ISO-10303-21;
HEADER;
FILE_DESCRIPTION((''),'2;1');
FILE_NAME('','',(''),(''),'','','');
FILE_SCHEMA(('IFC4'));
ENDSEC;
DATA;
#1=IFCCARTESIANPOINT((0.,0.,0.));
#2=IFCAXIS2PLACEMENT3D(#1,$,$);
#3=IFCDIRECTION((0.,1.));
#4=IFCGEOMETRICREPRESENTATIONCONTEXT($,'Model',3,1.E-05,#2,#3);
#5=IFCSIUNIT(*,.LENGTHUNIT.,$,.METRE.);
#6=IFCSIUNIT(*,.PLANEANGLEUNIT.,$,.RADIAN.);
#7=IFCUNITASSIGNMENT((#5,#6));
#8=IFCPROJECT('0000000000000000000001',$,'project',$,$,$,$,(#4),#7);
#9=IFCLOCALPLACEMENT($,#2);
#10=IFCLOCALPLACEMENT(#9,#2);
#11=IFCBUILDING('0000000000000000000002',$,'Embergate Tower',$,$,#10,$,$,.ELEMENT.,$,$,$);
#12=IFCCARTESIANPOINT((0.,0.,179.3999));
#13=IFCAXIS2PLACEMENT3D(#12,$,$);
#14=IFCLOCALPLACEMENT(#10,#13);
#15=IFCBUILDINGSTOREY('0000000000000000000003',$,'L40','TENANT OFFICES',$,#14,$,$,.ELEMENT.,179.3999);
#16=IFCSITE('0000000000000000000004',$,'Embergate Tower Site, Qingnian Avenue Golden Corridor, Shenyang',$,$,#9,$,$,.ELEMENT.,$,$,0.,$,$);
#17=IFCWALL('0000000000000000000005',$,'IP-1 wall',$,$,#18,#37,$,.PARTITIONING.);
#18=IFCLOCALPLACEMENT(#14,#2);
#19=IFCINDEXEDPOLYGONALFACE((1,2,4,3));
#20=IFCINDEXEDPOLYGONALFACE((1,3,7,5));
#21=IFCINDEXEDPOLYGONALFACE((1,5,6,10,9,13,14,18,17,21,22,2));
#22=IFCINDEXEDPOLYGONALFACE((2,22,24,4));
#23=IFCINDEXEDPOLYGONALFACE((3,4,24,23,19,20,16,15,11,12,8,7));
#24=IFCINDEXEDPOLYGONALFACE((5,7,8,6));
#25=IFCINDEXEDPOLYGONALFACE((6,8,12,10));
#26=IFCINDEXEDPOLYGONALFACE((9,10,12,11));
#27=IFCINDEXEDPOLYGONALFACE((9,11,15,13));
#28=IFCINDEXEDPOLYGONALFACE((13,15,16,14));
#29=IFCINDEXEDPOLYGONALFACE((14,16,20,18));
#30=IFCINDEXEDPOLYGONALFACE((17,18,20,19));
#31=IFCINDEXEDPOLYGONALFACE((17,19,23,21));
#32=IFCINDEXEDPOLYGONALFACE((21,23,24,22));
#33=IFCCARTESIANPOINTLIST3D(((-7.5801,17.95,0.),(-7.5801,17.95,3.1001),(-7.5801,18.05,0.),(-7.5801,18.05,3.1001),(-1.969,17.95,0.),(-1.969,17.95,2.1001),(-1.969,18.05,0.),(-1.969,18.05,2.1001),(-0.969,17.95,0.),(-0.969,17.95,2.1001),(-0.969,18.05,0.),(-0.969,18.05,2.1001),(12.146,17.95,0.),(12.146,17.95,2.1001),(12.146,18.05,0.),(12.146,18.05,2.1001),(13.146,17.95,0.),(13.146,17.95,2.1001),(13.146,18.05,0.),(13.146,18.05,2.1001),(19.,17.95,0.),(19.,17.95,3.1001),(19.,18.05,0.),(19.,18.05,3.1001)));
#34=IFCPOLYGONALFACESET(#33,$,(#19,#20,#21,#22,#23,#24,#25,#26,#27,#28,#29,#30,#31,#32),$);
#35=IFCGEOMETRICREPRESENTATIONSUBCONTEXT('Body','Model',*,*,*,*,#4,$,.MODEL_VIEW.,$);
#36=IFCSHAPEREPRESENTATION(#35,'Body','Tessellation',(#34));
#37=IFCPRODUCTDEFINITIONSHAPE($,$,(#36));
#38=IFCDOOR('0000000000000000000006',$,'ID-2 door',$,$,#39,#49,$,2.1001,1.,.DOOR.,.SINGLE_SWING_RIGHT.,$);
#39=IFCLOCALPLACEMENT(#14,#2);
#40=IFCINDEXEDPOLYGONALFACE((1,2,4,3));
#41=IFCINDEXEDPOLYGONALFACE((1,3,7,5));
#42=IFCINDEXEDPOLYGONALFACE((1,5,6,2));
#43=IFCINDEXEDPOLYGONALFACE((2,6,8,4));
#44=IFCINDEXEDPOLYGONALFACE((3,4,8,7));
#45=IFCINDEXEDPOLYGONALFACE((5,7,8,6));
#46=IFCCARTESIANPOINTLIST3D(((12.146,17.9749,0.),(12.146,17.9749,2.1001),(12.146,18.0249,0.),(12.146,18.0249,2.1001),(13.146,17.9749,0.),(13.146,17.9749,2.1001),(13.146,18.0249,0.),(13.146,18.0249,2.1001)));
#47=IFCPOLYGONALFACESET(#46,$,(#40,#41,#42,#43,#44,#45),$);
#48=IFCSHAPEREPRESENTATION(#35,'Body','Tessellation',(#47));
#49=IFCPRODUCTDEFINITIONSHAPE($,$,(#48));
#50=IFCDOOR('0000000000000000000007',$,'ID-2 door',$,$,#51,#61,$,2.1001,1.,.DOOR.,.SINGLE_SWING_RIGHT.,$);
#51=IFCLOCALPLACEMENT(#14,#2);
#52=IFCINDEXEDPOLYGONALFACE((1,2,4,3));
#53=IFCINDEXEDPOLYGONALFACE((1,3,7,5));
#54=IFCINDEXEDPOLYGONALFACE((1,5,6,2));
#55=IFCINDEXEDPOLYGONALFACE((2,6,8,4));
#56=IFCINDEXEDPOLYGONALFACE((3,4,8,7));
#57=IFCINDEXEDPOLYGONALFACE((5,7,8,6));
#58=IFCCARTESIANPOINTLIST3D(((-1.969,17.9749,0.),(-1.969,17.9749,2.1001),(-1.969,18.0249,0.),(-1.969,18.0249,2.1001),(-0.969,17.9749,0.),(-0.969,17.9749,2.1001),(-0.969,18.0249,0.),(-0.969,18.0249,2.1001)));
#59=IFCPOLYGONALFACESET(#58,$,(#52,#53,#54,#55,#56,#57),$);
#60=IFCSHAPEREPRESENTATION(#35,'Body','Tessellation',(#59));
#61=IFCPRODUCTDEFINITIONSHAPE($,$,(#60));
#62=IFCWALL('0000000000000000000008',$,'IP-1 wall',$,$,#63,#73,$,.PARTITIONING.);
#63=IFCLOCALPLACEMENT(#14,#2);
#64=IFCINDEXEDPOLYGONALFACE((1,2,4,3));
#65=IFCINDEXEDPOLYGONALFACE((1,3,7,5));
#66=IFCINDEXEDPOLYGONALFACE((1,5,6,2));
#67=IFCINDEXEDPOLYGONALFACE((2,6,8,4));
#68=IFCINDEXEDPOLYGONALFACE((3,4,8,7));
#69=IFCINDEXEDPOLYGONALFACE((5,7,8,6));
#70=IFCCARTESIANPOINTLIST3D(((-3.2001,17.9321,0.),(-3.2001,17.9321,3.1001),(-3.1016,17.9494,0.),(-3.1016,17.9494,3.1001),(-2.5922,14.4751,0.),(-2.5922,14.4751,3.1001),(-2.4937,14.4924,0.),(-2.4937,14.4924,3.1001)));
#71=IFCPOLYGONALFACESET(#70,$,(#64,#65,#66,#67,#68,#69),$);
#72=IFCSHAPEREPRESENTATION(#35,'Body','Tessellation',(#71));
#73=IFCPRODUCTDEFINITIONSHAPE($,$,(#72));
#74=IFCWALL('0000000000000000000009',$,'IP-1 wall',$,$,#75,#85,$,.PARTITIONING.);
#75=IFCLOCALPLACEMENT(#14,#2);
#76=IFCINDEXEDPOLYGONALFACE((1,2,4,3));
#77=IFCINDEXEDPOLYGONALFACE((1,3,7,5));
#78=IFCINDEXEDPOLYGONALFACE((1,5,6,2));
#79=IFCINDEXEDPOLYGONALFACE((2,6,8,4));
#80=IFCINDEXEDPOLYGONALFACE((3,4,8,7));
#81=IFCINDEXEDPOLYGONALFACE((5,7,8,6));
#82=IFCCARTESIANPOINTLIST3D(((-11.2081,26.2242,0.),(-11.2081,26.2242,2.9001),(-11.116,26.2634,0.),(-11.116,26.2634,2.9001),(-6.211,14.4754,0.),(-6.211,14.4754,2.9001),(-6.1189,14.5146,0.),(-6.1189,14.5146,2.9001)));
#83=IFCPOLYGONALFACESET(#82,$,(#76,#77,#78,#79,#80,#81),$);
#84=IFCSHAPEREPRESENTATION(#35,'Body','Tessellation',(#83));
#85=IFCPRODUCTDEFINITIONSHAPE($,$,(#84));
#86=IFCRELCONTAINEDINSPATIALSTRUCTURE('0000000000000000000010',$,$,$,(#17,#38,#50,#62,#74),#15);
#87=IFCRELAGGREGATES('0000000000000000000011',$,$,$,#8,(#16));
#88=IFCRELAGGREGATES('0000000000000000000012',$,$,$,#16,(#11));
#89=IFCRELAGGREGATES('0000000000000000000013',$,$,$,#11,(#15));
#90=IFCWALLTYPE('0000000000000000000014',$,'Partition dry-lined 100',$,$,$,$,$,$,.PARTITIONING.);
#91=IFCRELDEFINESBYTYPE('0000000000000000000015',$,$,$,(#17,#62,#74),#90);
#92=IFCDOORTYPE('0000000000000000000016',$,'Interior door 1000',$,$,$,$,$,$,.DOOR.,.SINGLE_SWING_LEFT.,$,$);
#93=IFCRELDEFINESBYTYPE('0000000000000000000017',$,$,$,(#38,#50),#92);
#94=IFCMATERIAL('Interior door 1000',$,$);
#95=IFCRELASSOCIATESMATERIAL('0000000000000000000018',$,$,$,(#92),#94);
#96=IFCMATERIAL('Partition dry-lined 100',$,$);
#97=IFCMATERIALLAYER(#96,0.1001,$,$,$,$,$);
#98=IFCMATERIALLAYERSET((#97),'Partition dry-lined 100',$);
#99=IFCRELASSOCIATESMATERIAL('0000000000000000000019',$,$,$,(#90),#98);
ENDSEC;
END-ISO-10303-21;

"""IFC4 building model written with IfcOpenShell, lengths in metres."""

from ifc_helpers import new_model, si_unit, direction, frame, frame_2d, origin, place, context, subcontext, project, spatial, rectangle, extrude, source, transform, mapped, material, layer, layer_set, type_object, element, fill, save


model = new_model("IFC4")

# Units and contexts
model_context = context("Model", 3, precision=1e-05, world=origin(), true_north=direction((0.0, 1.0)))
body_context = subcontext(model_context, "Body", "Model", "MODEL_VIEW")
ifc_project = project(units=[si_unit("LENGTHUNIT", "METRE"), si_unit("PLANEANGLEUNIT", "RADIAN")], contexts=[model_context])

# Site, building, storey
site_placement = place(None, origin())
site = spatial("IfcSite", under=ifc_project, at=site_placement, Name="Embergate Tower Site, Qingnian Avenue Golden Corridor, Shenyang", CompositionType="ELEMENT", RefElevation=0.0)
building_placement = place(site_placement, origin())
building = spatial("IfcBuilding", under=site, at=building_placement, Name="Embergate Tower", CompositionType="ELEMENT")
storey_placement = place(building_placement, frame((0.0, 0.0, 179.3999)))
storey = spatial("IfcBuildingStorey", under=building, at=storey_placement, Name="L40", Description="TENANT OFFICES", CompositionType="ELEMENT", Elevation=179.3999)

# Wall, openings, doors
ifc_material_1 = material(Name="Interior door 1000")
door_type_1 = type_object("IfcDoorType", Name="Interior door 1000", OperationType="SINGLE_SWING_LEFT", PredefinedType="DOOR", material=ifc_material_1)
shared_shape_1 = source(origin(), body_context, "Body", "SweptSolid", [
    extrude(rectangle(XDim=1.0, YDim=2.1001, at=frame_2d((0.5, 1.05))), frame((0.0, 0.0249, 0.0), z_axis=(0.0, -1.0, 0.0), x_axis=(1.0, 0.0, 0.0)), (0.0, 0.0, 1.0), 0.05),
])
ifc_material_2 = material(Name="Partition dry-lined 100")
ifc_layer_1 = layer(ifc_material_2, 0.1001)
ifc_layer_set_1 = layer_set([ifc_layer_1], Name="Partition dry-lined 100")
wall_type_1 = type_object("IfcWallType", Name="Partition dry-lined 100", PredefinedType="PARTITIONING", material=ifc_layer_set_1)
shared_shape_2 = source(origin(), body_context, "Body", "SweptSolid", [
    extrude(rectangle(XDim=26.5801, YDim=0.1001, at=frame_2d((13.29, 0.0))), origin(), (0.0, 0.0, 1.0), 3.1001),
])
wall_1_placement = place(storey_placement, frame((-7.5801, 18.0, 0.0), z_axis=(0.0, 0.0, 1.0), x_axis=(1.0, 0.0, 0.0)))
wall_1 = element("IfcWall", 1, at=wall_1_placement, inside=storey, type_object=wall_type_1, Name="IP-1 wall", PredefinedType="PARTITIONING", context=body_context, shape_type="MappedRepresentation", body=[
    mapped(shared_shape_2, transform((0.0, 0.0, 0.0))),
])
shared_shape_3 = source(origin(), body_context, "Body", "SweptSolid", [
    extrude(rectangle(XDim=1.0, YDim=2.1001, at=frame_2d((0.5, 1.05))), frame((0.0, 0.0601, 0.0), z_axis=(0.0, -1.0, 0.0), x_axis=(1.0, 0.0, 0.0)), (0.0, 0.0, 1.0), 0.1201),
])
opening_1_placement = place(wall_1_placement, frame((19.7261, 0.0, 0.0)))
opening_1 = element("IfcOpeningElement", 2, at=opening_1_placement, cuts=wall_1, PredefinedType="OPENING", context=body_context, shape_type="MappedRepresentation", body=[
    mapped(shared_shape_3, transform((0.0, 0.0, 0.0))),
])
opening_2_placement = place(wall_1_placement, frame((5.6111, 0.0, 0.0)))
opening_2 = element("IfcOpeningElement", 3, at=opening_2_placement, cuts=wall_1, PredefinedType="OPENING", context=body_context, shape_type="MappedRepresentation", body=[
    mapped(shared_shape_3, transform((0.0, 0.0, 0.0))),
])
door_1_placement = place(opening_1_placement, origin())
door_1 = element("IfcDoor", 4, at=door_1_placement, inside=storey, type_object=door_type_1, Name="ID-2 door", OperationType="SINGLE_SWING_RIGHT", OverallHeight=2.1001, OverallWidth=1.0, PredefinedType="DOOR", context=body_context, shape_type="MappedRepresentation", body=[
    mapped(shared_shape_1, transform((0.0, 0.0, 0.0))),
])
fill(opening_1, door_1)
door_2_placement = place(opening_2_placement, origin())
door_2 = element("IfcDoor", 5, at=door_2_placement, inside=storey, type_object=door_type_1, Name="ID-2 door", OperationType="SINGLE_SWING_RIGHT", OverallHeight=2.1001, OverallWidth=1.0, PredefinedType="DOOR", context=body_context, shape_type="MappedRepresentation", body=[
    mapped(shared_shape_1, transform((0.0, 0.0, 0.0))),
])
fill(opening_2, door_2)

# Walls
shared_shape_4 = source(origin(), body_context, "Body", "SweptSolid", [
    extrude(rectangle(XDim=3.51, YDim=0.1001, at=frame_2d((1.7549, 0.0))), origin(), (0.0, 0.0, 1.0), 3.1001),
])
wall_2_placement = place(storey_placement, frame((-2.543, 14.4839, 0.0), z_axis=(0.0, 0.0, 1.0), x_axis=(-0.17319, 0.984888, 0.0)))
element("IfcWall", 6, at=wall_2_placement, inside=storey, type_object=wall_type_1, Name="IP-1 wall", PredefinedType="PARTITIONING", context=body_context, shape_type="MappedRepresentation", body=[
    mapped(shared_shape_4, transform((0.0, 0.0, 0.0))),
])
shared_shape_5 = source(origin(), body_context, "Body", "SweptSolid", [
    extrude(rectangle(XDim=12.7673, YDim=0.1001, at=frame_2d((6.3838, 0.0))), origin(), (0.0, 0.0, 1.0), 2.9001),
])
wall_3_placement = place(storey_placement, frame((-11.1621, 26.2439, 0.0), z_axis=(0.0, 0.0, 1.0), x_axis=(0.391395, -0.920223, 0.0)))
element("IfcWall", 7, at=wall_3_placement, inside=storey, type_object=wall_type_1, Name="IP-1 wall", PredefinedType="PARTITIONING", context=body_context, shape_type="MappedRepresentation", body=[
    mapped(shared_shape_5, transform((0.0, 0.0, 0.0))),
])

save(model, "model.ifc")
